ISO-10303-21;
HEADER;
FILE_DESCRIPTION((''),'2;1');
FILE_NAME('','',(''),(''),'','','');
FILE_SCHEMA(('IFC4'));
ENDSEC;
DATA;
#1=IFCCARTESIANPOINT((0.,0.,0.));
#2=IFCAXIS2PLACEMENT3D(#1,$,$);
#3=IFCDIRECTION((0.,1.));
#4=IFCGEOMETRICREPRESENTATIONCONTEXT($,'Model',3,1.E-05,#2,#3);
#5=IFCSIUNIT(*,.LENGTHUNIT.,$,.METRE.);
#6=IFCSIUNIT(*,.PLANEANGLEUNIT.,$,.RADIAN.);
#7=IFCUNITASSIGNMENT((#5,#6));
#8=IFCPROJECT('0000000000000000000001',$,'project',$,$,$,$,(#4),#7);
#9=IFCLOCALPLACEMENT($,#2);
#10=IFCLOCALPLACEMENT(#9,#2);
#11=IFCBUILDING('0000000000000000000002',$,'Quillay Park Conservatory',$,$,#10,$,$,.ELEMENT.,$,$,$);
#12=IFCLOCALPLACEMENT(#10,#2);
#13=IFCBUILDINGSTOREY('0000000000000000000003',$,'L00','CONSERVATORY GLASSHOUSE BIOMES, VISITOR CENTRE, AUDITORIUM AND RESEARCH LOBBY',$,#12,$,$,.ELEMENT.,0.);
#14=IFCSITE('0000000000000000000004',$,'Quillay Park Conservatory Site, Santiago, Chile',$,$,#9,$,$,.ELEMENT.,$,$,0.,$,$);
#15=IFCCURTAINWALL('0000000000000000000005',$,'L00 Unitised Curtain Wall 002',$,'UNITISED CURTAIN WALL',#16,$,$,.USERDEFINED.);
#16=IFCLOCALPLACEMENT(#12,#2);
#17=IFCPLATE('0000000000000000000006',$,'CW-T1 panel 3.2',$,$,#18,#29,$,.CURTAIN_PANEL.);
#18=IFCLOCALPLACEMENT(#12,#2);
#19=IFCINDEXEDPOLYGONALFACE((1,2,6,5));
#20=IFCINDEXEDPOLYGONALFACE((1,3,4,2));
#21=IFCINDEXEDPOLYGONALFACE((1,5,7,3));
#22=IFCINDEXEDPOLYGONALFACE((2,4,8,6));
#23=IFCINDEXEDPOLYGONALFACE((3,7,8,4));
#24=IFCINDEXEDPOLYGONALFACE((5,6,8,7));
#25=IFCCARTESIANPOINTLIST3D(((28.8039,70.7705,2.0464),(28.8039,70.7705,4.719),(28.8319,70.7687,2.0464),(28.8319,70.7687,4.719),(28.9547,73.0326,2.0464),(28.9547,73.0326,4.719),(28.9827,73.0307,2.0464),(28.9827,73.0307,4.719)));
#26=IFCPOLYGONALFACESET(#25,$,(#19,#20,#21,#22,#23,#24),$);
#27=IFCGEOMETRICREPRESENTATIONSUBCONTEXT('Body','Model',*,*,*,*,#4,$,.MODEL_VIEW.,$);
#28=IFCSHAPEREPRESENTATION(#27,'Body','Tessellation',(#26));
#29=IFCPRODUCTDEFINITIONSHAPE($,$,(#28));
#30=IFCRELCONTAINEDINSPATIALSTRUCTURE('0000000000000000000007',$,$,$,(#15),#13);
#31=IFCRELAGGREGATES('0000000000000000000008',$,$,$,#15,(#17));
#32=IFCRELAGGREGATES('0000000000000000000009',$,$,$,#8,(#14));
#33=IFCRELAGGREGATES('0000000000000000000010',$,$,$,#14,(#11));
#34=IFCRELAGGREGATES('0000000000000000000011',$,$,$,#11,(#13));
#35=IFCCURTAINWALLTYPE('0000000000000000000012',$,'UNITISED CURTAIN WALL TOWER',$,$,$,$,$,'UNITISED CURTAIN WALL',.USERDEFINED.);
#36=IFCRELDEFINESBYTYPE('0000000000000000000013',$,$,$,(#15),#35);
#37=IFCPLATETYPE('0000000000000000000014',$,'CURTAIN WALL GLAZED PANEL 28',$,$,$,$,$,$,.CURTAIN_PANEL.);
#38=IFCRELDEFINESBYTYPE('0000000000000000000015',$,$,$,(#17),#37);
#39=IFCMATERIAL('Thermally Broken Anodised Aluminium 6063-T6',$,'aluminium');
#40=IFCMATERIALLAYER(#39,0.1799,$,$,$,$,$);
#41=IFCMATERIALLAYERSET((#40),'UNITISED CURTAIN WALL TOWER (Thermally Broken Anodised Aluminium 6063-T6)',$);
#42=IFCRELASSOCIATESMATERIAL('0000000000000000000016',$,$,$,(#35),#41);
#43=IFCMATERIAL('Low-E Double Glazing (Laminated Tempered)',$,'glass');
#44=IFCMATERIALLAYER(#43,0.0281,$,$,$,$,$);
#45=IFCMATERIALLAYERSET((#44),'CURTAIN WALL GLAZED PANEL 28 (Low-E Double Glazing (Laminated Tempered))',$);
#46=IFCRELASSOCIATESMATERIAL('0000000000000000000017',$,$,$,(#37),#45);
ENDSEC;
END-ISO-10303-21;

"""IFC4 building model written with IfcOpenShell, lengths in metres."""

from ifc_helpers import new_model, si_unit, direction, frame, origin, origin_2d, place, context, subcontext, project, spatial, rectangle, extrude, material, layer, layer_set, type_object, element, aggregate, save


model = new_model("IFC4")

# Units and contexts
model_context = context("Model", 3, precision=1e-05, world=origin(), true_north=direction((0.0, 1.0)))
body_context = subcontext(model_context, "Body", "Model", "MODEL_VIEW")
ifc_project = project(units=[si_unit("LENGTHUNIT", "METRE"), si_unit("PLANEANGLEUNIT", "RADIAN")], contexts=[model_context])

# Site, building, storey
site_placement = place(None, origin())
site = spatial("IfcSite", under=ifc_project, at=site_placement, Name="Quillay Park Conservatory Site, Santiago, Chile", CompositionType="ELEMENT", RefElevation=0.0)
building_placement = place(site_placement, origin())
building = spatial("IfcBuilding", under=site, at=building_placement, Name="Quillay Park Conservatory", CompositionType="ELEMENT")
storey_placement = place(building_placement, origin())
storey = spatial("IfcBuildingStorey", under=building, at=storey_placement, Name="L00", Description="CONSERVATORY GLASSHOUSE BIOMES, VISITOR CENTRE, AUDITORIUM AND RESEARCH LOBBY", CompositionType="ELEMENT", Elevation=0.0)

# Curtain wall
ifc_material_1 = material(Name="Thermally Broken Anodised Aluminium 6063-T6", Category="aluminium")
ifc_layer_1 = layer(ifc_material_1, 0.1799)
ifc_layer_set_1 = layer_set([ifc_layer_1], Name="UNITISED CURTAIN WALL TOWER (Thermally Broken Anodised Aluminium 6063-T6)")
curtain_wall_type = type_object("IfcCurtainWallType", Name="UNITISED CURTAIN WALL TOWER", ElementType="UNITISED CURTAIN WALL", PredefinedType="USERDEFINED", material=ifc_layer_set_1)
curtain_wall_1_placement = place(storey_placement, origin())
curtain_wall_1 = element("IfcCurtainWall", 1, at=curtain_wall_1_placement, inside=storey, type_object=curtain_wall_type, Name="L00 Unitised Curtain Wall 002", ObjectType="UNITISED CURTAIN WALL", PredefinedType="USERDEFINED")

# Plate
ifc_material_2 = material(Name="Low-E Double Glazing (Laminated Tempered)", Category="glass")
ifc_layer_2 = layer(ifc_material_2, 0.0281)
ifc_layer_set_2 = layer_set([ifc_layer_2], Name="CURTAIN WALL GLAZED PANEL 28 (Low-E Double Glazing (Laminated Tempered))")
plate_type = type_object("IfcPlateType", Name="CURTAIN WALL GLAZED PANEL 28", PredefinedType="CURTAIN_PANEL", material=ifc_layer_set_2)
plate_1_placement = place(storey_placement, frame((28.8933, 71.9006, 2.0464), z_axis=(0.0, 0.0, 1.0), x_axis=(-0.066521, -0.997785, 0.0)))
plate_1 = element("IfcPlate", 2, at=plate_1_placement, type_object=plate_type, Name="CW-T1 panel 3.2", PredefinedType="CURTAIN_PANEL", context=body_context, shape_type="SweptSolid", body=[
    extrude(rectangle(XDim=2.2671, YDim=0.0281, at=origin_2d()), origin(), (0.0, 0.0, 1.0), 2.6726),
])
aggregate(curtain_wall_1, [plate_1])

save(model, "model.ifc")
